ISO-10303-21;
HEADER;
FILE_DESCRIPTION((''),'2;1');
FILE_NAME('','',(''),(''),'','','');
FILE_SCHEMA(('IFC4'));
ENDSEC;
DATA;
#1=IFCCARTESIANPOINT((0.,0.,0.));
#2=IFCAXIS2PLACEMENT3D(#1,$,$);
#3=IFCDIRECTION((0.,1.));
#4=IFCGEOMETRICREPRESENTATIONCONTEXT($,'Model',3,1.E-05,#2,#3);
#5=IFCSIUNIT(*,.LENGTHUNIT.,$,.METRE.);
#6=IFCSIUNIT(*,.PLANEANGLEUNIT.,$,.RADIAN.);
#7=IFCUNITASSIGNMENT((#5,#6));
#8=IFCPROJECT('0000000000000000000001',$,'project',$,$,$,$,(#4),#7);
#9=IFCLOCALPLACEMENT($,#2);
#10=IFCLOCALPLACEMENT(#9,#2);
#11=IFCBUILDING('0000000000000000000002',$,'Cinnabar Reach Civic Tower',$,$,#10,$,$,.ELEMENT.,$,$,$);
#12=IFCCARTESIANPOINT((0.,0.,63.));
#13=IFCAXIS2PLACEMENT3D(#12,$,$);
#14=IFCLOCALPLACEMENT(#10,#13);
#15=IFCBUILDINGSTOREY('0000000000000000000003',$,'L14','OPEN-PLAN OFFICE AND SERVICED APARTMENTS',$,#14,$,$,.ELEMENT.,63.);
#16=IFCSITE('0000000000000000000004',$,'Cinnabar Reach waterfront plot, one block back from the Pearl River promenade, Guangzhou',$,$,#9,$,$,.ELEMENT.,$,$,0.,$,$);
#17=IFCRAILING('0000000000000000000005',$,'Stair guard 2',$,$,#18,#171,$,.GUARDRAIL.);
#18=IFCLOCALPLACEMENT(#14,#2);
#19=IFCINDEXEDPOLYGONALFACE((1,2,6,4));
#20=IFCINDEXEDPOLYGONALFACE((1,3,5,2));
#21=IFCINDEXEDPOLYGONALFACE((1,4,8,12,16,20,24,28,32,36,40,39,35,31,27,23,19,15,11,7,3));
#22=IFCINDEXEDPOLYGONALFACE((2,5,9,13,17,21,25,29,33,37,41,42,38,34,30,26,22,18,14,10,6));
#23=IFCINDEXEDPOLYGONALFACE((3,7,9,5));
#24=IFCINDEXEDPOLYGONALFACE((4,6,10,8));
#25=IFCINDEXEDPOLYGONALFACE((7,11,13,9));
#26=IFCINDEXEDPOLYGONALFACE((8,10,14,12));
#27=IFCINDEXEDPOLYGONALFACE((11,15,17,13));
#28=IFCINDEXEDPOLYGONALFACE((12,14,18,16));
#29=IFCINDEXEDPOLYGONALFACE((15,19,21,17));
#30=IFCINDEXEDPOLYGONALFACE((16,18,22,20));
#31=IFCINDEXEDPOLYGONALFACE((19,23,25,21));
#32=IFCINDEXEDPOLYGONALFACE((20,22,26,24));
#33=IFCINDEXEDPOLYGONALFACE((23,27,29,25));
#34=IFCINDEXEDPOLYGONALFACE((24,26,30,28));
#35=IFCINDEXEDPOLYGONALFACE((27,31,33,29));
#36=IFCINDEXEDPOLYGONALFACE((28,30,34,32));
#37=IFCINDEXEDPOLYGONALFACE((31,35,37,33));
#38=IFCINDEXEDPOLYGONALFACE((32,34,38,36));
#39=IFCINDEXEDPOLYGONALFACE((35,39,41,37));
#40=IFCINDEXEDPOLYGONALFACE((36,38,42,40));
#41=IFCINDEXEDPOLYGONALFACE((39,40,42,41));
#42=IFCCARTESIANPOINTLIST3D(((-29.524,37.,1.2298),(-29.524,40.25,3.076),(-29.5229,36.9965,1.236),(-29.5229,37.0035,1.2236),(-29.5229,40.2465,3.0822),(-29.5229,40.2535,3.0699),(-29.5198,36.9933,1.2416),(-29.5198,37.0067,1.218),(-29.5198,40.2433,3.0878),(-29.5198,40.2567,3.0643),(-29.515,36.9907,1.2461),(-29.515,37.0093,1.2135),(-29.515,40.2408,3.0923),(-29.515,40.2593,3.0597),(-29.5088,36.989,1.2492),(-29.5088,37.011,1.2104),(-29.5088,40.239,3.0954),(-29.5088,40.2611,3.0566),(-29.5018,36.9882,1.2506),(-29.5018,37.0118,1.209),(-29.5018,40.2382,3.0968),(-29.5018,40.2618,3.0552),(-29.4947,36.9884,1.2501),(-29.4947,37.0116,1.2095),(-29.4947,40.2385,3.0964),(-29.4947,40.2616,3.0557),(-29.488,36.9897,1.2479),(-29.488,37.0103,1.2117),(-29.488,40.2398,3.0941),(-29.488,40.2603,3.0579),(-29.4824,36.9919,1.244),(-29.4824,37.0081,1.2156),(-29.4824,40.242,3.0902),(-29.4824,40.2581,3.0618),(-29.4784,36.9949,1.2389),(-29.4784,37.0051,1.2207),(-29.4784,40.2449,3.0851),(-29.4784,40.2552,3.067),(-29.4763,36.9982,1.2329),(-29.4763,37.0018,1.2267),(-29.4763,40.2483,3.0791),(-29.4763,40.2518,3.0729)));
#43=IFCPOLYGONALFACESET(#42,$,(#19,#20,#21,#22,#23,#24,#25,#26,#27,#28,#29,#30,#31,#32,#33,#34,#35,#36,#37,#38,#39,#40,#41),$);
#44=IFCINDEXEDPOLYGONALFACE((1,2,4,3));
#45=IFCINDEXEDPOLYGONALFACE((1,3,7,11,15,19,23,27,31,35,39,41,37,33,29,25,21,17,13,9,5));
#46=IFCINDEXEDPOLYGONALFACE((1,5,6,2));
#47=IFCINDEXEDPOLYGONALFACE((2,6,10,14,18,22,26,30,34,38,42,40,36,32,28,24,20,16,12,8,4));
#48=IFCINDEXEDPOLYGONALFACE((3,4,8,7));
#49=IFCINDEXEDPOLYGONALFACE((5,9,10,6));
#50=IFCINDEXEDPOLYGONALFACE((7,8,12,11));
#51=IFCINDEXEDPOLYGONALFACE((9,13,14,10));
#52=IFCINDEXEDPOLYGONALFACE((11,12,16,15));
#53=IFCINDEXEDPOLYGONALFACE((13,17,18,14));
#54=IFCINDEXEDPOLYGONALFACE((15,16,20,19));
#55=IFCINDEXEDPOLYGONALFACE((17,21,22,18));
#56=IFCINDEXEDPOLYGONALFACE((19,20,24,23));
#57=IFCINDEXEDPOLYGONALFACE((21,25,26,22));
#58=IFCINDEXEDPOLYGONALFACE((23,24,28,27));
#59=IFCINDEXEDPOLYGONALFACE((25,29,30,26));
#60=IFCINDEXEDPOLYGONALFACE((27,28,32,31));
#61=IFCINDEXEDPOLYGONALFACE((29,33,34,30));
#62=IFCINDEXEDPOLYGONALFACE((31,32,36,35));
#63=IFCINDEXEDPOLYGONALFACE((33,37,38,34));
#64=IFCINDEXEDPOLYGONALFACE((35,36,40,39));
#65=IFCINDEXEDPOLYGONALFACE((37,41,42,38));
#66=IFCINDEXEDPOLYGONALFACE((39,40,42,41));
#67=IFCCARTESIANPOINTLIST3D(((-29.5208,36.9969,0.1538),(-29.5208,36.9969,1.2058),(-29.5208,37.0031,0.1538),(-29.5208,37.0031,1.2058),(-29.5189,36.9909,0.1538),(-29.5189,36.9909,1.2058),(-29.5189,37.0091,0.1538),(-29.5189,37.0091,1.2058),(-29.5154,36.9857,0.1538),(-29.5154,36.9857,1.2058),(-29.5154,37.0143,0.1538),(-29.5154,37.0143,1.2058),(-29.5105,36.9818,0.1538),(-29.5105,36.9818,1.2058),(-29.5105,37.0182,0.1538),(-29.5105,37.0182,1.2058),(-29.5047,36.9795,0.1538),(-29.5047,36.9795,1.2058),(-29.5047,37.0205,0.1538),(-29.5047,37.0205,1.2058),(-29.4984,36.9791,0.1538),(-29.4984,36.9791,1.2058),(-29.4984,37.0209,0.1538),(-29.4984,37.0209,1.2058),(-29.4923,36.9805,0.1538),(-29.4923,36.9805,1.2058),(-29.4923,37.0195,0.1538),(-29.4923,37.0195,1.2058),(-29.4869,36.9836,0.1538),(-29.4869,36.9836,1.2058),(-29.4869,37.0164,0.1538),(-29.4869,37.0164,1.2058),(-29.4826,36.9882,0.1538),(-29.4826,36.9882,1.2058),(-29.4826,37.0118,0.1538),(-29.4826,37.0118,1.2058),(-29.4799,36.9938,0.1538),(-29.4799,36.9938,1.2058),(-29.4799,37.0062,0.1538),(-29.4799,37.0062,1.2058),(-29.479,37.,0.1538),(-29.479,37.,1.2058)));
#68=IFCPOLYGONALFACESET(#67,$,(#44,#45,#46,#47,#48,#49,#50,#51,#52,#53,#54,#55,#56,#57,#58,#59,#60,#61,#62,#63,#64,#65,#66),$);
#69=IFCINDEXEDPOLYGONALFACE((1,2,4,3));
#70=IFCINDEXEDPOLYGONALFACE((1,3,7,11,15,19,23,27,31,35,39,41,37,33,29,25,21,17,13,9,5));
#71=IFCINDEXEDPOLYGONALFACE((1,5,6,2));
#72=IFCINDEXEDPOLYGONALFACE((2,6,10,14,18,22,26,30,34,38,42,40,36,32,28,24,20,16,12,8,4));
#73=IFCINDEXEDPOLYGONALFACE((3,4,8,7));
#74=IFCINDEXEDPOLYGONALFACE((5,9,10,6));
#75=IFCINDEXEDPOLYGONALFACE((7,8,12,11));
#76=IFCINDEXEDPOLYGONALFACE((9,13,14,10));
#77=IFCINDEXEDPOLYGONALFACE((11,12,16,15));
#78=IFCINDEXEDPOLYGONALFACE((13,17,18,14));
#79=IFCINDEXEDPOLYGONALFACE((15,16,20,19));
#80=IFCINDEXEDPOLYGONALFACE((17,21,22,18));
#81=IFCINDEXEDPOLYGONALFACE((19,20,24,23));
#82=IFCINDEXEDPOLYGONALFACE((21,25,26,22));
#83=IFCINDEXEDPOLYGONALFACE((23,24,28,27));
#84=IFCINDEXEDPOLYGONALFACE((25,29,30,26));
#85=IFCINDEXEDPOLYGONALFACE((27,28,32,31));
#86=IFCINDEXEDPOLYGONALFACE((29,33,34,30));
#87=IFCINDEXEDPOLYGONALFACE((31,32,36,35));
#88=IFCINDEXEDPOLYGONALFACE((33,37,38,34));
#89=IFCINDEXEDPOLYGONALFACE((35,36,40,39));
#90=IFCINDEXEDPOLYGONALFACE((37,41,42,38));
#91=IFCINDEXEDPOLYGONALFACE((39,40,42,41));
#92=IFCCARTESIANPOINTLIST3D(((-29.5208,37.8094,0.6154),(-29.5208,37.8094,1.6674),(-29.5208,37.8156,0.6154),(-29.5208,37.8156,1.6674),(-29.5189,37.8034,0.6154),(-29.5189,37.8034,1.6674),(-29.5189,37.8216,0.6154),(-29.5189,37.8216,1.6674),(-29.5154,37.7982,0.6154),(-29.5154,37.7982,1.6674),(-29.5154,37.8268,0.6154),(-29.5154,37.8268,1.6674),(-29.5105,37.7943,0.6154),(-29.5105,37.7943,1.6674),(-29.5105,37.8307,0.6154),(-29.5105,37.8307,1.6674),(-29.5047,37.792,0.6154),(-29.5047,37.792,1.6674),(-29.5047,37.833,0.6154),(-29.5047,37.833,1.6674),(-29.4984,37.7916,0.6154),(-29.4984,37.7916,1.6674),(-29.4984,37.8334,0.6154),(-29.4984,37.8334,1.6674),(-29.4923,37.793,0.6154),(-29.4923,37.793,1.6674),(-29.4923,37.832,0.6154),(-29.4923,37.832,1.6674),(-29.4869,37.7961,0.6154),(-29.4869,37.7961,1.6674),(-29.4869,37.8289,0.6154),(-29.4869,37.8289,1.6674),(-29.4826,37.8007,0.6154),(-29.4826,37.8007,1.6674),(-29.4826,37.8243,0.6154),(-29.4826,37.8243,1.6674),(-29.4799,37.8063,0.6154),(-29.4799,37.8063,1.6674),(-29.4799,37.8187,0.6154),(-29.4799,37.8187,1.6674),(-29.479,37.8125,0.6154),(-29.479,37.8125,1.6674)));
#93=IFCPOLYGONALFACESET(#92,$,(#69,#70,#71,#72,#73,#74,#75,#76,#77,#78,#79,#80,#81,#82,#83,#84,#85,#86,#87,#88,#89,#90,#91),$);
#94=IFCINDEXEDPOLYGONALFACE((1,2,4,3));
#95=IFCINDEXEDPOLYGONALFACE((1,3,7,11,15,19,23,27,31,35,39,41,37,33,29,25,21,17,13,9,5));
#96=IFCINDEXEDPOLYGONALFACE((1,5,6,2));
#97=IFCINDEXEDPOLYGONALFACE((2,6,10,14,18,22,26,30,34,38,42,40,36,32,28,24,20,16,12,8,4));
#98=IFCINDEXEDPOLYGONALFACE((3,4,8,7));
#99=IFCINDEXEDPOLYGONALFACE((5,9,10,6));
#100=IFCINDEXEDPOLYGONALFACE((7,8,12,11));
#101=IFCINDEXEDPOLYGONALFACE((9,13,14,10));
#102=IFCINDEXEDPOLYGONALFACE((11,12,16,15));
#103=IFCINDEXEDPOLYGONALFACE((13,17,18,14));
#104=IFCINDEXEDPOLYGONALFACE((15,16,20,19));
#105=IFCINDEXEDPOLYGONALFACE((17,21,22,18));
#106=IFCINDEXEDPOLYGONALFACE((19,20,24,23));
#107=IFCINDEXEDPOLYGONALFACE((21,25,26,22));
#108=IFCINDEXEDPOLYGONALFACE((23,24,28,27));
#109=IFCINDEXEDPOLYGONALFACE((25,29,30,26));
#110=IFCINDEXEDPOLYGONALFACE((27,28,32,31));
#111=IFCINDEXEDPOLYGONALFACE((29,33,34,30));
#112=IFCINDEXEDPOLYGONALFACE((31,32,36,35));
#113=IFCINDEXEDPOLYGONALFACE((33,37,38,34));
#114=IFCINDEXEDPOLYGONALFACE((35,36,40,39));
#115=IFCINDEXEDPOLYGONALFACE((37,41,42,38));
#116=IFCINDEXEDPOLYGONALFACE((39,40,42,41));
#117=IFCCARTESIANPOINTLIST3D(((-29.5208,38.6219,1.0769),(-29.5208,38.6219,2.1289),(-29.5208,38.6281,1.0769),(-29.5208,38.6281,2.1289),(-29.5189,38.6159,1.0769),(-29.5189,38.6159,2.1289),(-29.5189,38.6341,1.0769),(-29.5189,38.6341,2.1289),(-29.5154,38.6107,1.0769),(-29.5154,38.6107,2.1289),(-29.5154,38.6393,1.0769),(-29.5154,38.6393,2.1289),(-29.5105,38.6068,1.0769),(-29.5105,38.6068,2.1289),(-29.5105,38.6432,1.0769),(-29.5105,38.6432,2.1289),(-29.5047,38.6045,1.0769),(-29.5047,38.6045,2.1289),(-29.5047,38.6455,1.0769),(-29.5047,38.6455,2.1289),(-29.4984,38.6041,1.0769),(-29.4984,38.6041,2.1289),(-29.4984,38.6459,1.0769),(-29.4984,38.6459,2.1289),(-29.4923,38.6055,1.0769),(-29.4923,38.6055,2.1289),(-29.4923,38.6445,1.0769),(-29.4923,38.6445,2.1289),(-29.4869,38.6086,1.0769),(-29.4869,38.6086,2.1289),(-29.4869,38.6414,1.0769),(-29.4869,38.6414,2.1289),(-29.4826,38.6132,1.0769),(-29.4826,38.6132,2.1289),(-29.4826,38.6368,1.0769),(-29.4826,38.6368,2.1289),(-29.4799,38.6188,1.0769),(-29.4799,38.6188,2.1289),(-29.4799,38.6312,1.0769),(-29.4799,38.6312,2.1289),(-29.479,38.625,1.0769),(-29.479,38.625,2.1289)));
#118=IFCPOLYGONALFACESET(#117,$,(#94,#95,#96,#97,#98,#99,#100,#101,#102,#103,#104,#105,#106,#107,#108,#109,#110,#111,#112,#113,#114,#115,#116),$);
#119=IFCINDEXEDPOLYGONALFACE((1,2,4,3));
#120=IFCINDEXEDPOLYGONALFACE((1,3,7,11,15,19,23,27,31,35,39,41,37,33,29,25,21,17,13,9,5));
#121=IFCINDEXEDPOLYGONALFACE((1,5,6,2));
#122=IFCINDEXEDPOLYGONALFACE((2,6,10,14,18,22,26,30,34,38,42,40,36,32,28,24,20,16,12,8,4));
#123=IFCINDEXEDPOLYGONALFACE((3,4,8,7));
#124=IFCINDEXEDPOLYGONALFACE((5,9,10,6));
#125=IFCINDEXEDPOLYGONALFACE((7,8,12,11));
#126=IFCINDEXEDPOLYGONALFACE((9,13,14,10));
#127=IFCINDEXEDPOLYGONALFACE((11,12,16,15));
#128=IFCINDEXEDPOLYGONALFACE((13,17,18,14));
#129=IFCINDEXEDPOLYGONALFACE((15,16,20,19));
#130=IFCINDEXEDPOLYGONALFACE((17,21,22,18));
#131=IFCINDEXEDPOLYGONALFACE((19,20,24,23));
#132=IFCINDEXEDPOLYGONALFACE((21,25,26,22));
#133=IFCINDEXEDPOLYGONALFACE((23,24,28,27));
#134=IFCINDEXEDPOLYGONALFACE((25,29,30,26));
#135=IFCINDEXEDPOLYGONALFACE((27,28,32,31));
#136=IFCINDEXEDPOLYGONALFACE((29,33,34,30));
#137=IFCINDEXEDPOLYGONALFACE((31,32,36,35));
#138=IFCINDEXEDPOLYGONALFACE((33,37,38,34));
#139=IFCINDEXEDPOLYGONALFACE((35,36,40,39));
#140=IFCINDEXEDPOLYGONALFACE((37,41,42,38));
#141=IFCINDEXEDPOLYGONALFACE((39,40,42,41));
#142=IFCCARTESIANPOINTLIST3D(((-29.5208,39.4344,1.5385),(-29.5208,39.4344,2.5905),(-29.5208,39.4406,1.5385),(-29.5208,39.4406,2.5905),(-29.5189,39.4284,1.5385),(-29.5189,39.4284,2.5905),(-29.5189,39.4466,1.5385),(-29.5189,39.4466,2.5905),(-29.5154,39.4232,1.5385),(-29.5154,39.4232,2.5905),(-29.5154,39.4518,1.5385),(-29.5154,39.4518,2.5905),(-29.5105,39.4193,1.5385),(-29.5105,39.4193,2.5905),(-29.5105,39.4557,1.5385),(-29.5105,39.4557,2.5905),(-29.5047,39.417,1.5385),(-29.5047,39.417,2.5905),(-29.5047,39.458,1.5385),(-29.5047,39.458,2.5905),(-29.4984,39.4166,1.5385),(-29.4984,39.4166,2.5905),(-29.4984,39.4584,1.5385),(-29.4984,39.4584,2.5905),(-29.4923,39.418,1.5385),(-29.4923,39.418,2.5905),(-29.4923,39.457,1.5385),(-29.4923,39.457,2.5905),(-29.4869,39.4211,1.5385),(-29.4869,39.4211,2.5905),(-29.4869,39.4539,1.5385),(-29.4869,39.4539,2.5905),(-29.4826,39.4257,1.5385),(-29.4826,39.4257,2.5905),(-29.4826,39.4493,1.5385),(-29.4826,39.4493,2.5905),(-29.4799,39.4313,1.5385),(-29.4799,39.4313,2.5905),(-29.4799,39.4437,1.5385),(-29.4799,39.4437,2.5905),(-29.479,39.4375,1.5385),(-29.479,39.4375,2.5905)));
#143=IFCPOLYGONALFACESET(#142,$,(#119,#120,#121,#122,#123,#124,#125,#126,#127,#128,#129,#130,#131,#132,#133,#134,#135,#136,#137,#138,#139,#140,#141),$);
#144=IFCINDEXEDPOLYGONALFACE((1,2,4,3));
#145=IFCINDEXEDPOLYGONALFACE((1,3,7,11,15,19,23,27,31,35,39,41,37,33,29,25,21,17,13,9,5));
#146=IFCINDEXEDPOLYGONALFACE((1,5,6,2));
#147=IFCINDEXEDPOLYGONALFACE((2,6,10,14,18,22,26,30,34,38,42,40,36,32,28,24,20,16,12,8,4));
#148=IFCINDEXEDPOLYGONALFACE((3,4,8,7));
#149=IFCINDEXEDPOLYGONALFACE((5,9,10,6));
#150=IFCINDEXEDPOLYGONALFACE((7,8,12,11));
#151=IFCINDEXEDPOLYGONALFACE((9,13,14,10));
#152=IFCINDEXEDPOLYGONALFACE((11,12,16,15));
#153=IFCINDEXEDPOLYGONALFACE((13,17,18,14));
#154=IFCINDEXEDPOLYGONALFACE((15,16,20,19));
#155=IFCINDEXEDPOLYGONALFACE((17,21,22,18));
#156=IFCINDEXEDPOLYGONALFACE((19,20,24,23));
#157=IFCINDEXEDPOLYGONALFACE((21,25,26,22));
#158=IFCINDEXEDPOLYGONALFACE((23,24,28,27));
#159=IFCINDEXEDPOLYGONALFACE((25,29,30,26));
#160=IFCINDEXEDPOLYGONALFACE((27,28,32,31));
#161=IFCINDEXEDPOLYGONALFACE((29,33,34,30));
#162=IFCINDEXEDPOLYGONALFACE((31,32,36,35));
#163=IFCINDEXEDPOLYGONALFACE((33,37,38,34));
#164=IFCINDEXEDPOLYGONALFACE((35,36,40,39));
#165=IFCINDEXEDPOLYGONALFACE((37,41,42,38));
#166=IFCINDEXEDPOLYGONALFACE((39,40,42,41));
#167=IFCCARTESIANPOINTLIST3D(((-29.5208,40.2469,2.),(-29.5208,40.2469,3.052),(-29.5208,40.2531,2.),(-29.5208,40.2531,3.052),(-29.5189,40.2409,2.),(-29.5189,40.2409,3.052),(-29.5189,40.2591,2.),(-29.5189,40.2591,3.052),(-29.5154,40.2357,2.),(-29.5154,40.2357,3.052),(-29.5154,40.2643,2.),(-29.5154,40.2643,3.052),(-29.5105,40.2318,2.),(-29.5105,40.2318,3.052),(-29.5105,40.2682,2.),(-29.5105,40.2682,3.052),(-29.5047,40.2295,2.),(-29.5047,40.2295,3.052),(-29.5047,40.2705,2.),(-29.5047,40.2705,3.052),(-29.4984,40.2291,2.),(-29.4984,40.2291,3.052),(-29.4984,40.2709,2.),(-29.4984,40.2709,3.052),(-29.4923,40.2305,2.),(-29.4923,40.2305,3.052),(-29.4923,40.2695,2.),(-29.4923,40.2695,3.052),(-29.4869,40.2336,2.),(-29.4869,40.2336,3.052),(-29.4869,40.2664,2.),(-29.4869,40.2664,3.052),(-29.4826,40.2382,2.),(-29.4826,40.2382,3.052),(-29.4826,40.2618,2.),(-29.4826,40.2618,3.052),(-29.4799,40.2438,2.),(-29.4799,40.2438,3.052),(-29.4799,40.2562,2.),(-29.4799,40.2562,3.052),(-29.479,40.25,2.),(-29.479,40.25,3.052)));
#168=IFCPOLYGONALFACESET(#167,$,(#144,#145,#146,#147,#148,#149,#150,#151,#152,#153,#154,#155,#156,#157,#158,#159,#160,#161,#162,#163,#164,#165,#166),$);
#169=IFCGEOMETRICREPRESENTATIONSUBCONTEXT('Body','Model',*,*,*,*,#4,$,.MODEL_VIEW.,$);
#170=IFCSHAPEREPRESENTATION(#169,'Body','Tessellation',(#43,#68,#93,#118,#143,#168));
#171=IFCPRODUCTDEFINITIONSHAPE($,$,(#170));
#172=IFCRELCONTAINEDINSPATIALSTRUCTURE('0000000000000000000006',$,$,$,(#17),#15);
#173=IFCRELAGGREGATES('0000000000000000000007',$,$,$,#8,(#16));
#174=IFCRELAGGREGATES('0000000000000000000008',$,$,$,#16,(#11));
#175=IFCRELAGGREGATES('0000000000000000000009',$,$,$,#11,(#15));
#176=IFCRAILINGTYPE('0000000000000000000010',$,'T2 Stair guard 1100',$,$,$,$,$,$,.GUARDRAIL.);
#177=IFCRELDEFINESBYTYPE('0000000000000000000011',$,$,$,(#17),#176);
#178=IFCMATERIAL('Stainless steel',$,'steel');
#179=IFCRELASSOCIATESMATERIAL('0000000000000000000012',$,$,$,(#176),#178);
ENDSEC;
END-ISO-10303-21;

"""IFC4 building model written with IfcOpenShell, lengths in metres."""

from ifc_helpers import new_model, si_unit, direction, frame, origin, origin_2d, place, context, subcontext, project, spatial, circle, extrude, material, type_object, element, save


model = new_model("IFC4")

# Units and contexts
model_context = context("Model", 3, precision=1e-05, world=origin(), true_north=direction((0.0, 1.0)))
body_context = subcontext(model_context, "Body", "Model", "MODEL_VIEW")
ifc_project = project(units=[si_unit("LENGTHUNIT", "METRE"), si_unit("PLANEANGLEUNIT", "RADIAN")], contexts=[model_context])

# Site, building, storey
site_placement = place(None, origin())
site = spatial("IfcSite", under=ifc_project, at=site_placement, Name="Cinnabar Reach waterfront plot, one block back from the Pearl River promenade, Guangzhou", CompositionType="ELEMENT", RefElevation=0.0)
building_placement = place(site_placement, origin())
building = spatial("IfcBuilding", under=site, at=building_placement, Name="Cinnabar Reach Civic Tower", CompositionType="ELEMENT")
storey_placement = place(building_placement, frame((0.0, 0.0, 63.0)))
storey = spatial("IfcBuildingStorey", under=building, at=storey_placement, Name="L14", Description="OPEN-PLAN OFFICE AND SERVICED APARTMENTS", CompositionType="ELEMENT", Elevation=63.0)

# Railing
ifc_material_1 = material(Name="Stainless steel", Category="steel")
railing_type_1 = type_object("IfcRailingType", Name="T2 Stair guard 1100", PredefinedType="GUARDRAIL", material=ifc_material_1)
railing_1_placement = place(storey_placement, frame((-29.5, 37.0, 0.1538)))
element("IfcRailing", 1, at=railing_1_placement, inside=storey, type_object=railing_type_1, Name="Stair guard 2", PredefinedType="GUARDRAIL", context=body_context, shape_type="SweptSolid", body=[
    extrude(circle(Radius=0.024, at=origin_2d()), frame((0.0, 0.0, 1.076), z_axis=(0.0, 0.869501, 0.49393), x_axis=(-1.0, 0.0, 0.0)), (0.0, 0.0, 1.0), 3.7378),
    extrude(circle(Radius=0.021, at=origin_2d()), origin(), (0.0, 0.0, 1.0), 1.052),
    extrude(circle(Radius=0.021, at=origin_2d()), frame((0.0, 0.8125, 0.4616)), (0.0, 0.0, 1.0), 1.052),
    extrude(circle(Radius=0.021, at=origin_2d()), frame((0.0, 1.625, 0.9231)), (0.0, 0.0, 1.0), 1.052),
    extrude(circle(Radius=0.021, at=origin_2d()), frame((0.0, 2.4375, 1.3847)), (0.0, 0.0, 1.0), 1.052),
    extrude(circle(Radius=0.021, at=origin_2d()), frame((0.0, 3.25, 1.8462)), (0.0, 0.0, 1.0), 1.052),
])

save(model, "model.ifc")
